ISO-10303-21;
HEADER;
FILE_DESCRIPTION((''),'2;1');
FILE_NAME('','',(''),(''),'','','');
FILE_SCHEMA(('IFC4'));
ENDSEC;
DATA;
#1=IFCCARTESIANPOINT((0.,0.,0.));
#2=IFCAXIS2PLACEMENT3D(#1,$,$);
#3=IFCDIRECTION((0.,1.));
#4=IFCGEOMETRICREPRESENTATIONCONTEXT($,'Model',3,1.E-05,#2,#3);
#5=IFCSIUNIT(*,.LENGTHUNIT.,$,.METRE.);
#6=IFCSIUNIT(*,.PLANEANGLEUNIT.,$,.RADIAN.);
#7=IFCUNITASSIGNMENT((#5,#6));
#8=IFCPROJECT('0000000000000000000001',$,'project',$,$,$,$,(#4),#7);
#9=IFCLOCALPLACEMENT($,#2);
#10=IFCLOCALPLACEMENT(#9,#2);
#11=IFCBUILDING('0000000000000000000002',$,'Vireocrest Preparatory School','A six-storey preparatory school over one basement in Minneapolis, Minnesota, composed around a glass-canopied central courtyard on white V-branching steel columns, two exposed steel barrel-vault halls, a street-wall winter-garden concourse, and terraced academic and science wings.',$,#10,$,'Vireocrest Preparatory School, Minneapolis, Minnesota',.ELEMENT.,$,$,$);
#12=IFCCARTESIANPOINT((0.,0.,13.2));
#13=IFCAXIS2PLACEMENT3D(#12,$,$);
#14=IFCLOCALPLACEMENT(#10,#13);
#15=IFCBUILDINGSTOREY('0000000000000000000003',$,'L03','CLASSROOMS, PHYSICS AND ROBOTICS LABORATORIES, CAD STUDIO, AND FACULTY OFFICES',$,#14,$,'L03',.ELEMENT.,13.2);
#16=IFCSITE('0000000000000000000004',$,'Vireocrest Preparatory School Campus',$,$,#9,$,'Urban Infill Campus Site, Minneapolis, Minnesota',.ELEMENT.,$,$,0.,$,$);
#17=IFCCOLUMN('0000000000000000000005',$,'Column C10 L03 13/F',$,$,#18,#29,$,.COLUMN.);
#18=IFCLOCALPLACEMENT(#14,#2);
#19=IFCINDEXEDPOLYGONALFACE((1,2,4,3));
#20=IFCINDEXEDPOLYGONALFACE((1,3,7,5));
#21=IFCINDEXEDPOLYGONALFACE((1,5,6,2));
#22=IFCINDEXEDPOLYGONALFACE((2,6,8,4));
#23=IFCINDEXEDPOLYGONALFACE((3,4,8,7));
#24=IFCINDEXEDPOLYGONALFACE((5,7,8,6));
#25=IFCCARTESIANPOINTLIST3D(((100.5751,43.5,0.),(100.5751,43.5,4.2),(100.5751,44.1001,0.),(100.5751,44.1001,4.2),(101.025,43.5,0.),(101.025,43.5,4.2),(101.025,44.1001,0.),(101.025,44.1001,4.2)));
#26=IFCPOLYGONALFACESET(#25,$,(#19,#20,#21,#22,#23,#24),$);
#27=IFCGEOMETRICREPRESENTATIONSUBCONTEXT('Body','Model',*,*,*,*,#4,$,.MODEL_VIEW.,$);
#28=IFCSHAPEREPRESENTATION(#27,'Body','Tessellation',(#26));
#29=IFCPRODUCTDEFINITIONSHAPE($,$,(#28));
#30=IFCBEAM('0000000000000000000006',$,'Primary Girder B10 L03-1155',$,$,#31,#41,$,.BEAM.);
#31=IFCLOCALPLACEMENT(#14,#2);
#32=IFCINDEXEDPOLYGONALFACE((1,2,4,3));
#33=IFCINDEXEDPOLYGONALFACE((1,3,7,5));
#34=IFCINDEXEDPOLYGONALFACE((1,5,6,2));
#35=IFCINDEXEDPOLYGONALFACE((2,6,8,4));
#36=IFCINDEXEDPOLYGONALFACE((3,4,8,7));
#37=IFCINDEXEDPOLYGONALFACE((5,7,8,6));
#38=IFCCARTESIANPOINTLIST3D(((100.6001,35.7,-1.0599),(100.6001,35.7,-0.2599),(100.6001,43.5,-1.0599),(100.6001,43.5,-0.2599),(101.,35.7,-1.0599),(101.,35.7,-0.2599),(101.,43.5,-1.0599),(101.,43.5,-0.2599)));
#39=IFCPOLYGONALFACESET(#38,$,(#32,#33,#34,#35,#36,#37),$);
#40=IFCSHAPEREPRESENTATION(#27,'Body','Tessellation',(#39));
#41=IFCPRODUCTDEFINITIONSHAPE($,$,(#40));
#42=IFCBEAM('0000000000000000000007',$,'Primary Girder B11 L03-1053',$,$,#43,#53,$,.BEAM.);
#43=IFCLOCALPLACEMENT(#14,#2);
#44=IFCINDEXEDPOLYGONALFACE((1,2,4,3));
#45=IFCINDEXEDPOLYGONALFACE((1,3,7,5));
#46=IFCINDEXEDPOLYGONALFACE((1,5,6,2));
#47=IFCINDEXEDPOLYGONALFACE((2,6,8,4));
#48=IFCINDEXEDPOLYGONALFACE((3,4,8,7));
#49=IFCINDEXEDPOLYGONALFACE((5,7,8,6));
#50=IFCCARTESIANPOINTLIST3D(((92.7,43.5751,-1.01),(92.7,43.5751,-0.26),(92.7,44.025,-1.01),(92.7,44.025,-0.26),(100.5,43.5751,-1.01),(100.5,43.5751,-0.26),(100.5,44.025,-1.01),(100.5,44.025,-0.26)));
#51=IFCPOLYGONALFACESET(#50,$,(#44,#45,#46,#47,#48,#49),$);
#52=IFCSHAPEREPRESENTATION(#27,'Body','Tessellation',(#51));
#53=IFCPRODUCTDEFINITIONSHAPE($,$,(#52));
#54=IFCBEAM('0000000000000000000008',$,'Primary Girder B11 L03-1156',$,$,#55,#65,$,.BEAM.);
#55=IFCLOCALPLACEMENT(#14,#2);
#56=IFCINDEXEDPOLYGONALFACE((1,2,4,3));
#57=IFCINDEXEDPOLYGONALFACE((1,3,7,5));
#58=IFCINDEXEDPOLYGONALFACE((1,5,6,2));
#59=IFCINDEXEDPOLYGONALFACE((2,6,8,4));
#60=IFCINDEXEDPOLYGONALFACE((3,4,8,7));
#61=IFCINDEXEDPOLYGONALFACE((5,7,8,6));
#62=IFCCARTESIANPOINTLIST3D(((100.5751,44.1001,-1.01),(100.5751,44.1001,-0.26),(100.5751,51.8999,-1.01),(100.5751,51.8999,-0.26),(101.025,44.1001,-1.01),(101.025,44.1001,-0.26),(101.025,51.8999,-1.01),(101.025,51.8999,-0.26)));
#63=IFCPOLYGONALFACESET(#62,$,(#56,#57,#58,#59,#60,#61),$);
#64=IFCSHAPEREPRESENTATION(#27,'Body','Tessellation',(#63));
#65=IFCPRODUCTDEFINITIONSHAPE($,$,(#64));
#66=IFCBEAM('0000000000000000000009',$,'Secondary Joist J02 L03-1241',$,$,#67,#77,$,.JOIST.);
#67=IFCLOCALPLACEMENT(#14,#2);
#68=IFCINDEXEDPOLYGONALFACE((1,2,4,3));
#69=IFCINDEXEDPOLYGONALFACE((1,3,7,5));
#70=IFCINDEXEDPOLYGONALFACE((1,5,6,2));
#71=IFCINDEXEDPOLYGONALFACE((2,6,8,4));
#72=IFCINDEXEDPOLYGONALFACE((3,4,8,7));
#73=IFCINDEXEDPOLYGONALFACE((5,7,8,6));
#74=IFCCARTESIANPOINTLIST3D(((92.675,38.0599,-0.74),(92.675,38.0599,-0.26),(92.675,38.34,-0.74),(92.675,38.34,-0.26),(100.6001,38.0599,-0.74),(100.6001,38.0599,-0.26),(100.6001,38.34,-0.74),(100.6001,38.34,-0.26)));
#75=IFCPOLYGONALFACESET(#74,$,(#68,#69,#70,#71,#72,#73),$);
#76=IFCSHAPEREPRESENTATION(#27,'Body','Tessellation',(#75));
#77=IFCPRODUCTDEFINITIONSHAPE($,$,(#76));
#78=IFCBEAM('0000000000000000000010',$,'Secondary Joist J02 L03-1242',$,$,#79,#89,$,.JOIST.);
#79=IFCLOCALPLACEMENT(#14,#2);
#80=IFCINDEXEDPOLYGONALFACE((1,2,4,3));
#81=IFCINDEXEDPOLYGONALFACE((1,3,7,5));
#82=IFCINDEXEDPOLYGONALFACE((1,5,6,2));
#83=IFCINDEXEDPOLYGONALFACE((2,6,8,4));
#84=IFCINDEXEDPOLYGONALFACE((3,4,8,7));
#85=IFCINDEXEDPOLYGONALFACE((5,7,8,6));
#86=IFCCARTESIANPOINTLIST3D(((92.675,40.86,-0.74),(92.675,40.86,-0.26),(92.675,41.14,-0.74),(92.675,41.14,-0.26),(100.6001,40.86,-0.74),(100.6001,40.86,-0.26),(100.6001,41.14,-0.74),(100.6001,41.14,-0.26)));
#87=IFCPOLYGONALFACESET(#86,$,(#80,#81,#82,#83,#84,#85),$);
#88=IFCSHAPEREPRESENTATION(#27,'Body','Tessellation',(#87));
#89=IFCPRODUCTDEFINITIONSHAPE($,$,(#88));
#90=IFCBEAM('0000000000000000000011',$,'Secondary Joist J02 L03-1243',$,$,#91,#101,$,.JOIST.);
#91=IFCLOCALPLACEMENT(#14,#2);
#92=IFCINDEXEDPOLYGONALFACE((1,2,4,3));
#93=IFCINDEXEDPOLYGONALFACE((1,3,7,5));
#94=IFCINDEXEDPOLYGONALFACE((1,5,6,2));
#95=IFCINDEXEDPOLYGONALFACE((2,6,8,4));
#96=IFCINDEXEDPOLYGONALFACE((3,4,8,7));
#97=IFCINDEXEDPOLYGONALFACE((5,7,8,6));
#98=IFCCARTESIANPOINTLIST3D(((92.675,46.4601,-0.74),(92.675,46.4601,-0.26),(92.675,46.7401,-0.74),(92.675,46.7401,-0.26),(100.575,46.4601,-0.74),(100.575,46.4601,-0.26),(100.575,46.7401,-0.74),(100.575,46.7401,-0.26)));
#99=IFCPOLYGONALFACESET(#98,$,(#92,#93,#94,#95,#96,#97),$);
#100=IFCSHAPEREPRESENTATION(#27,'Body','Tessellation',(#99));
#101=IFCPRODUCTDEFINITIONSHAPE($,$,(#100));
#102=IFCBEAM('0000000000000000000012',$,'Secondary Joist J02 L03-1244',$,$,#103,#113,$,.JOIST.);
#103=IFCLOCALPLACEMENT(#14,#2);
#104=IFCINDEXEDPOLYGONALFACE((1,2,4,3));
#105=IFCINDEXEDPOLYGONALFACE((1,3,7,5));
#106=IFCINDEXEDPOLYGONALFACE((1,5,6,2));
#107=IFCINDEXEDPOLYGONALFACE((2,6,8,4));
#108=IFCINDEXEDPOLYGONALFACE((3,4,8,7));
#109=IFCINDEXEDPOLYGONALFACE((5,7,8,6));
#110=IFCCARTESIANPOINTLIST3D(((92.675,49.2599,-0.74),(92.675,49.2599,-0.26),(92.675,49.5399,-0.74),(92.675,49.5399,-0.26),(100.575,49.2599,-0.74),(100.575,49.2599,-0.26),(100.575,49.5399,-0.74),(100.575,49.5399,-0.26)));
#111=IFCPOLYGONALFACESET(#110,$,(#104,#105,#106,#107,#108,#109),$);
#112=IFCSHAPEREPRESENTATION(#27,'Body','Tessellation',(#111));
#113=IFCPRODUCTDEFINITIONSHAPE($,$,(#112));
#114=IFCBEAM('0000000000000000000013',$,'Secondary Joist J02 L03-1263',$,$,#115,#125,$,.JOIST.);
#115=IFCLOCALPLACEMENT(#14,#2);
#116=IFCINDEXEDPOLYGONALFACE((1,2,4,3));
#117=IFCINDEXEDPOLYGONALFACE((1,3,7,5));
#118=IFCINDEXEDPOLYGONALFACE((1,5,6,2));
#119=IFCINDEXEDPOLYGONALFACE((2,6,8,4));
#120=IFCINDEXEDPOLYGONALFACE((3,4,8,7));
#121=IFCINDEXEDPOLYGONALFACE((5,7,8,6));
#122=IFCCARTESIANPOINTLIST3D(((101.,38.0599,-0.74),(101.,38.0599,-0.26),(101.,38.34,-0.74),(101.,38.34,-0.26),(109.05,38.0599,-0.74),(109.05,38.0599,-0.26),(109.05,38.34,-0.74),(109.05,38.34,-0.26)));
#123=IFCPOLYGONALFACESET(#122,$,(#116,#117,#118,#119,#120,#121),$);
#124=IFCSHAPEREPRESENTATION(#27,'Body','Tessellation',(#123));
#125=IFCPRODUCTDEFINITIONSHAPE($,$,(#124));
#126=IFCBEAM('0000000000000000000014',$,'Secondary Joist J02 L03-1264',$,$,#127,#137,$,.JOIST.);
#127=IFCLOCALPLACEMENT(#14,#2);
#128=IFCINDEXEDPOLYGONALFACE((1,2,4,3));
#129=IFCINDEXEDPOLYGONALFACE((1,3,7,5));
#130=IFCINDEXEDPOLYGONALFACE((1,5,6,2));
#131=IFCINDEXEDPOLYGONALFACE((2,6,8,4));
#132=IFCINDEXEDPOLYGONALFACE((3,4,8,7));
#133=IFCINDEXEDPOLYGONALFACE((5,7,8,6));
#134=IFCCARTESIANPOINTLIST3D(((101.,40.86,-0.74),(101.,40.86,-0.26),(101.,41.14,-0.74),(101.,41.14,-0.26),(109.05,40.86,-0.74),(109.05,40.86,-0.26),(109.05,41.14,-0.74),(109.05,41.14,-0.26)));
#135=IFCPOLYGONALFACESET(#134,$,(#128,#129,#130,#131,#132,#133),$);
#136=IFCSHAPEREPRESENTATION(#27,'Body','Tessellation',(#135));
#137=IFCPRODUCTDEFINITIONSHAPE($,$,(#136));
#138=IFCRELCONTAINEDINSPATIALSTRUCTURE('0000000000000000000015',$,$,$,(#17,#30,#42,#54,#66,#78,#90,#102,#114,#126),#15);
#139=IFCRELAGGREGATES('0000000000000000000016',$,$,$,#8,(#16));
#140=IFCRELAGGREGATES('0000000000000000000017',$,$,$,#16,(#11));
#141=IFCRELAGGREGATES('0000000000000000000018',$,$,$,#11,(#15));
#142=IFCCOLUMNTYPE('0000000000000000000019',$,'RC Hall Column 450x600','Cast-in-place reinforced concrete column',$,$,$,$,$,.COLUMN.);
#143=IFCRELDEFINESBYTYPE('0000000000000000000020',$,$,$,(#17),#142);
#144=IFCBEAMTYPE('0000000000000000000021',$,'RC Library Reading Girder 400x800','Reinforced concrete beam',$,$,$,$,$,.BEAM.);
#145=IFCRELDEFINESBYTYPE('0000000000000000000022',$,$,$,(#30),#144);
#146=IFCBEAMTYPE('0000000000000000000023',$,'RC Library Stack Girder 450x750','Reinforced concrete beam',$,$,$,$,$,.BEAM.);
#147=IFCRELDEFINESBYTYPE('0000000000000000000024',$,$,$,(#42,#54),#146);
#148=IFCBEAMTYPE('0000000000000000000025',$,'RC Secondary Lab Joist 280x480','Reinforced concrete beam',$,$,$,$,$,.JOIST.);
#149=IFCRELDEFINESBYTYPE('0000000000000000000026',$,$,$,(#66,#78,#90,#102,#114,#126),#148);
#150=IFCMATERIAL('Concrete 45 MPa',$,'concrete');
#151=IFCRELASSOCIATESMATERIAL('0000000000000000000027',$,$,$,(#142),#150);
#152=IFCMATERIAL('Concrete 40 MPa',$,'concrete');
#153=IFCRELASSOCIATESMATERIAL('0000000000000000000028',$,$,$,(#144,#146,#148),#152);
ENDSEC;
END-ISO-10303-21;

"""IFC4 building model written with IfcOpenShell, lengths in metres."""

from ifc_helpers import new_model, si_unit, direction, frame, origin, origin_2d, place, context, subcontext, project, spatial, rectangle, extrude, material, material_profile, profile_set, type_object, element, save


model = new_model("IFC4")

# Units and contexts
model_context = context("Model", 3, precision=1e-05, world=origin(), true_north=direction((0.0, 1.0)))
body_context = subcontext(model_context, "Body", "Model", "MODEL_VIEW")
ifc_project = project(units=[si_unit("LENGTHUNIT", "METRE"), si_unit("PLANEANGLEUNIT", "RADIAN")], contexts=[model_context])

# Site, building, storey
site_placement = place(None, origin())
site = spatial("IfcSite", under=ifc_project, at=site_placement, Name="Vireocrest Preparatory School Campus", LongName="Urban Infill Campus Site, Minneapolis, Minnesota", CompositionType="ELEMENT", RefElevation=0.0)
building_placement = place(site_placement, origin())
building = spatial("IfcBuilding", under=site, at=building_placement, Name="Vireocrest Preparatory School", Description="A six-storey preparatory school over one basement in Minneapolis, Minnesota, composed around a glass-canopied central courtyard on white V-branching steel columns, two exposed steel barrel-vault halls, a street-wall winter-garden concourse, and terraced academic and science wings.", LongName="Vireocrest Preparatory School, Minneapolis, Minnesota", CompositionType="ELEMENT")
storey_placement = place(building_placement, frame((0.0, 0.0, 13.2)))
storey = spatial("IfcBuildingStorey", under=building, at=storey_placement, Name="L03", Description="CLASSROOMS, PHYSICS AND ROBOTICS LABORATORIES, CAD STUDIO, AND FACULTY OFFICES", LongName="L03", CompositionType="ELEMENT", Elevation=13.2)

# Column
ifc_material_1 = material(Name="Concrete 45 MPa", Category="concrete")
ifc_material_profile_1 = material_profile(ifc_material_1, rectangle(XDim=0.45, YDim=0.6001, at=origin_2d()), Name="RC 450x600")
ifc_profile_set_1 = profile_set([ifc_material_profile_1], Name="Concrete 45 MPa")
column_type = type_object("IfcColumnType", Name="RC Hall Column 450x600", Description="Cast-in-place reinforced concrete column", PredefinedType="COLUMN", material=ifc_profile_set_1)
column_placement = place(storey_placement, frame((100.8, 43.8, 0.0), z_axis=(0.0, 0.0, 1.0), x_axis=(1.0, 0.0, 0.0)))
element("IfcColumn", 1, at=column_placement, inside=storey, type_object=column_type, Name="Column C10 L03 13/F", PredefinedType="COLUMN", context=body_context, shape_type="SweptSolid", body=[
    extrude(rectangle(XDim=0.45, YDim=0.6001, at=origin_2d()), origin(), (0.0, 0.0, 1.0), 4.2),
])

# Beams
ifc_material_2 = material(Name="Concrete 40 MPa", Category="concrete")
ifc_material_profile_2 = material_profile(ifc_material_2, rectangle(XDim=0.3999, YDim=0.8, at=origin_2d()), Name="RC 400x800")
ifc_profile_set_2 = profile_set([ifc_material_profile_2], Name="Concrete 40 MPa")
beam_type_1 = type_object("IfcBeamType", Name="RC Library Reading Girder 400x800", Description="Reinforced concrete beam", PredefinedType="BEAM", material=ifc_profile_set_2)
beam_1_placement = place(storey_placement, frame((100.8, 35.7, -0.6599), z_axis=(0.0, 1.0, 0.0), x_axis=(-1.0, 0.0, 0.0)))
element("IfcBeam", 2, at=beam_1_placement, inside=storey, type_object=beam_type_1, Name="Primary Girder B10 L03-1155", PredefinedType="BEAM", context=body_context, shape_type="SweptSolid", body=[
    extrude(rectangle(XDim=0.3999, YDim=0.8, at=origin_2d()), origin(), (0.0, 0.0, 1.0), 7.8),
])
ifc_material_profile_3 = material_profile(ifc_material_2, rectangle(XDim=0.45, YDim=0.75, at=origin_2d()), Name="RC 450x750")
ifc_profile_set_3 = profile_set([ifc_material_profile_3], Name="Concrete 40 MPa")
beam_type_2 = type_object("IfcBeamType", Name="RC Library Stack Girder 450x750", Description="Reinforced concrete beam", PredefinedType="BEAM", material=ifc_profile_set_3)
beam_2_placement = place(storey_placement, frame((92.7, 43.8, -0.635), z_axis=(1.0, 0.0, 0.0), x_axis=(0.0, 1.0, 0.0)))
element("IfcBeam", 3, at=beam_2_placement, inside=storey, type_object=beam_type_2, Name="Primary Girder B11 L03-1053", PredefinedType="BEAM", context=body_context, shape_type="SweptSolid", body=[
    extrude(rectangle(XDim=0.45, YDim=0.75, at=origin_2d()), origin(), (0.0, 0.0, 1.0), 7.8),
])
beam_3_placement = place(storey_placement, frame((100.8, 44.1001, -0.635), z_axis=(0.0, 1.0, 0.0), x_axis=(-1.0, 0.0, 0.0)))
element("IfcBeam", 4, at=beam_3_placement, inside=storey, type_object=beam_type_2, Name="Primary Girder B11 L03-1156", PredefinedType="BEAM", context=body_context, shape_type="SweptSolid", body=[
    extrude(rectangle(XDim=0.45, YDim=0.75, at=origin_2d()), origin(), (0.0, 0.0, 1.0), 7.7998),
])
ifc_material_profile_4 = material_profile(ifc_material_2, rectangle(XDim=0.28, YDim=0.48, at=origin_2d()), Name="RC 280x480")
ifc_profile_set_4 = profile_set([ifc_material_profile_4], Name="Concrete 40 MPa")
beam_type_3 = type_object("IfcBeamType", Name="RC Secondary Lab Joist 280x480", Description="Reinforced concrete beam", PredefinedType="JOIST", material=ifc_profile_set_4)
for number, where, z_axis, x_axis, name in (
    (5, (92.675, 38.2, -0.5), (1.0, 0.0, 0.0), (0.0, 1.0, 0.0), "Secondary Joist J02 L03-1241"),
    (6, (92.675, 41.0, -0.5), (1.0, 0.0, 0.0), (0.0, 1.0, 0.0), "Secondary Joist J02 L03-1242"),
):
    element("IfcBeam", number, at=place(storey_placement, frame(where, z_axis=z_axis, x_axis=x_axis)), inside=storey, type_object=beam_type_3, Name=name, PredefinedType="JOIST", context=body_context, shape_type="SweptSolid", body=[
        extrude(rectangle(XDim=0.28, YDim=0.48, at=origin_2d()), origin(), (0.0, 0.0, 1.0), 7.925),
    ])
for number, where, z_axis, x_axis, name in (
    (7, (92.675, 46.6001, -0.5), (1.0, 0.0, 0.0), (0.0, 1.0, 0.0), "Secondary Joist J02 L03-1243"),
    (8, (92.675, 49.3999, -0.5), (1.0, 0.0, 0.0), (0.0, 1.0, 0.0), "Secondary Joist J02 L03-1244"),
):
    element("IfcBeam", number, at=place(storey_placement, frame(where, z_axis=z_axis, x_axis=x_axis)), inside=storey, type_object=beam_type_3, Name=name, PredefinedType="JOIST", context=body_context, shape_type="SweptSolid", body=[
        extrude(rectangle(XDim=0.28, YDim=0.48, at=origin_2d()), origin(), (0.0, 0.0, 1.0), 7.8999),
    ])
for number, where, z_axis, x_axis, name in (
    (9, (101.0, 38.2, -0.5), (1.0, 0.0, 0.0), (0.0, 1.0, 0.0), "Secondary Joist J02 L03-1263"),
    (10, (101.0, 41.0, -0.5), (1.0, 0.0, 0.0), (0.0, 1.0, 0.0), "Secondary Joist J02 L03-1264"),
):
    element("IfcBeam", number, at=place(storey_placement, frame(where, z_axis=z_axis, x_axis=x_axis)), inside=storey, type_object=beam_type_3, Name=name, PredefinedType="JOIST", context=body_context, shape_type="SweptSolid", body=[
        extrude(rectangle(XDim=0.28, YDim=0.48, at=origin_2d()), origin(), (0.0, 0.0, 1.0), 8.05),
    ])

save(model, "model.ifc")
